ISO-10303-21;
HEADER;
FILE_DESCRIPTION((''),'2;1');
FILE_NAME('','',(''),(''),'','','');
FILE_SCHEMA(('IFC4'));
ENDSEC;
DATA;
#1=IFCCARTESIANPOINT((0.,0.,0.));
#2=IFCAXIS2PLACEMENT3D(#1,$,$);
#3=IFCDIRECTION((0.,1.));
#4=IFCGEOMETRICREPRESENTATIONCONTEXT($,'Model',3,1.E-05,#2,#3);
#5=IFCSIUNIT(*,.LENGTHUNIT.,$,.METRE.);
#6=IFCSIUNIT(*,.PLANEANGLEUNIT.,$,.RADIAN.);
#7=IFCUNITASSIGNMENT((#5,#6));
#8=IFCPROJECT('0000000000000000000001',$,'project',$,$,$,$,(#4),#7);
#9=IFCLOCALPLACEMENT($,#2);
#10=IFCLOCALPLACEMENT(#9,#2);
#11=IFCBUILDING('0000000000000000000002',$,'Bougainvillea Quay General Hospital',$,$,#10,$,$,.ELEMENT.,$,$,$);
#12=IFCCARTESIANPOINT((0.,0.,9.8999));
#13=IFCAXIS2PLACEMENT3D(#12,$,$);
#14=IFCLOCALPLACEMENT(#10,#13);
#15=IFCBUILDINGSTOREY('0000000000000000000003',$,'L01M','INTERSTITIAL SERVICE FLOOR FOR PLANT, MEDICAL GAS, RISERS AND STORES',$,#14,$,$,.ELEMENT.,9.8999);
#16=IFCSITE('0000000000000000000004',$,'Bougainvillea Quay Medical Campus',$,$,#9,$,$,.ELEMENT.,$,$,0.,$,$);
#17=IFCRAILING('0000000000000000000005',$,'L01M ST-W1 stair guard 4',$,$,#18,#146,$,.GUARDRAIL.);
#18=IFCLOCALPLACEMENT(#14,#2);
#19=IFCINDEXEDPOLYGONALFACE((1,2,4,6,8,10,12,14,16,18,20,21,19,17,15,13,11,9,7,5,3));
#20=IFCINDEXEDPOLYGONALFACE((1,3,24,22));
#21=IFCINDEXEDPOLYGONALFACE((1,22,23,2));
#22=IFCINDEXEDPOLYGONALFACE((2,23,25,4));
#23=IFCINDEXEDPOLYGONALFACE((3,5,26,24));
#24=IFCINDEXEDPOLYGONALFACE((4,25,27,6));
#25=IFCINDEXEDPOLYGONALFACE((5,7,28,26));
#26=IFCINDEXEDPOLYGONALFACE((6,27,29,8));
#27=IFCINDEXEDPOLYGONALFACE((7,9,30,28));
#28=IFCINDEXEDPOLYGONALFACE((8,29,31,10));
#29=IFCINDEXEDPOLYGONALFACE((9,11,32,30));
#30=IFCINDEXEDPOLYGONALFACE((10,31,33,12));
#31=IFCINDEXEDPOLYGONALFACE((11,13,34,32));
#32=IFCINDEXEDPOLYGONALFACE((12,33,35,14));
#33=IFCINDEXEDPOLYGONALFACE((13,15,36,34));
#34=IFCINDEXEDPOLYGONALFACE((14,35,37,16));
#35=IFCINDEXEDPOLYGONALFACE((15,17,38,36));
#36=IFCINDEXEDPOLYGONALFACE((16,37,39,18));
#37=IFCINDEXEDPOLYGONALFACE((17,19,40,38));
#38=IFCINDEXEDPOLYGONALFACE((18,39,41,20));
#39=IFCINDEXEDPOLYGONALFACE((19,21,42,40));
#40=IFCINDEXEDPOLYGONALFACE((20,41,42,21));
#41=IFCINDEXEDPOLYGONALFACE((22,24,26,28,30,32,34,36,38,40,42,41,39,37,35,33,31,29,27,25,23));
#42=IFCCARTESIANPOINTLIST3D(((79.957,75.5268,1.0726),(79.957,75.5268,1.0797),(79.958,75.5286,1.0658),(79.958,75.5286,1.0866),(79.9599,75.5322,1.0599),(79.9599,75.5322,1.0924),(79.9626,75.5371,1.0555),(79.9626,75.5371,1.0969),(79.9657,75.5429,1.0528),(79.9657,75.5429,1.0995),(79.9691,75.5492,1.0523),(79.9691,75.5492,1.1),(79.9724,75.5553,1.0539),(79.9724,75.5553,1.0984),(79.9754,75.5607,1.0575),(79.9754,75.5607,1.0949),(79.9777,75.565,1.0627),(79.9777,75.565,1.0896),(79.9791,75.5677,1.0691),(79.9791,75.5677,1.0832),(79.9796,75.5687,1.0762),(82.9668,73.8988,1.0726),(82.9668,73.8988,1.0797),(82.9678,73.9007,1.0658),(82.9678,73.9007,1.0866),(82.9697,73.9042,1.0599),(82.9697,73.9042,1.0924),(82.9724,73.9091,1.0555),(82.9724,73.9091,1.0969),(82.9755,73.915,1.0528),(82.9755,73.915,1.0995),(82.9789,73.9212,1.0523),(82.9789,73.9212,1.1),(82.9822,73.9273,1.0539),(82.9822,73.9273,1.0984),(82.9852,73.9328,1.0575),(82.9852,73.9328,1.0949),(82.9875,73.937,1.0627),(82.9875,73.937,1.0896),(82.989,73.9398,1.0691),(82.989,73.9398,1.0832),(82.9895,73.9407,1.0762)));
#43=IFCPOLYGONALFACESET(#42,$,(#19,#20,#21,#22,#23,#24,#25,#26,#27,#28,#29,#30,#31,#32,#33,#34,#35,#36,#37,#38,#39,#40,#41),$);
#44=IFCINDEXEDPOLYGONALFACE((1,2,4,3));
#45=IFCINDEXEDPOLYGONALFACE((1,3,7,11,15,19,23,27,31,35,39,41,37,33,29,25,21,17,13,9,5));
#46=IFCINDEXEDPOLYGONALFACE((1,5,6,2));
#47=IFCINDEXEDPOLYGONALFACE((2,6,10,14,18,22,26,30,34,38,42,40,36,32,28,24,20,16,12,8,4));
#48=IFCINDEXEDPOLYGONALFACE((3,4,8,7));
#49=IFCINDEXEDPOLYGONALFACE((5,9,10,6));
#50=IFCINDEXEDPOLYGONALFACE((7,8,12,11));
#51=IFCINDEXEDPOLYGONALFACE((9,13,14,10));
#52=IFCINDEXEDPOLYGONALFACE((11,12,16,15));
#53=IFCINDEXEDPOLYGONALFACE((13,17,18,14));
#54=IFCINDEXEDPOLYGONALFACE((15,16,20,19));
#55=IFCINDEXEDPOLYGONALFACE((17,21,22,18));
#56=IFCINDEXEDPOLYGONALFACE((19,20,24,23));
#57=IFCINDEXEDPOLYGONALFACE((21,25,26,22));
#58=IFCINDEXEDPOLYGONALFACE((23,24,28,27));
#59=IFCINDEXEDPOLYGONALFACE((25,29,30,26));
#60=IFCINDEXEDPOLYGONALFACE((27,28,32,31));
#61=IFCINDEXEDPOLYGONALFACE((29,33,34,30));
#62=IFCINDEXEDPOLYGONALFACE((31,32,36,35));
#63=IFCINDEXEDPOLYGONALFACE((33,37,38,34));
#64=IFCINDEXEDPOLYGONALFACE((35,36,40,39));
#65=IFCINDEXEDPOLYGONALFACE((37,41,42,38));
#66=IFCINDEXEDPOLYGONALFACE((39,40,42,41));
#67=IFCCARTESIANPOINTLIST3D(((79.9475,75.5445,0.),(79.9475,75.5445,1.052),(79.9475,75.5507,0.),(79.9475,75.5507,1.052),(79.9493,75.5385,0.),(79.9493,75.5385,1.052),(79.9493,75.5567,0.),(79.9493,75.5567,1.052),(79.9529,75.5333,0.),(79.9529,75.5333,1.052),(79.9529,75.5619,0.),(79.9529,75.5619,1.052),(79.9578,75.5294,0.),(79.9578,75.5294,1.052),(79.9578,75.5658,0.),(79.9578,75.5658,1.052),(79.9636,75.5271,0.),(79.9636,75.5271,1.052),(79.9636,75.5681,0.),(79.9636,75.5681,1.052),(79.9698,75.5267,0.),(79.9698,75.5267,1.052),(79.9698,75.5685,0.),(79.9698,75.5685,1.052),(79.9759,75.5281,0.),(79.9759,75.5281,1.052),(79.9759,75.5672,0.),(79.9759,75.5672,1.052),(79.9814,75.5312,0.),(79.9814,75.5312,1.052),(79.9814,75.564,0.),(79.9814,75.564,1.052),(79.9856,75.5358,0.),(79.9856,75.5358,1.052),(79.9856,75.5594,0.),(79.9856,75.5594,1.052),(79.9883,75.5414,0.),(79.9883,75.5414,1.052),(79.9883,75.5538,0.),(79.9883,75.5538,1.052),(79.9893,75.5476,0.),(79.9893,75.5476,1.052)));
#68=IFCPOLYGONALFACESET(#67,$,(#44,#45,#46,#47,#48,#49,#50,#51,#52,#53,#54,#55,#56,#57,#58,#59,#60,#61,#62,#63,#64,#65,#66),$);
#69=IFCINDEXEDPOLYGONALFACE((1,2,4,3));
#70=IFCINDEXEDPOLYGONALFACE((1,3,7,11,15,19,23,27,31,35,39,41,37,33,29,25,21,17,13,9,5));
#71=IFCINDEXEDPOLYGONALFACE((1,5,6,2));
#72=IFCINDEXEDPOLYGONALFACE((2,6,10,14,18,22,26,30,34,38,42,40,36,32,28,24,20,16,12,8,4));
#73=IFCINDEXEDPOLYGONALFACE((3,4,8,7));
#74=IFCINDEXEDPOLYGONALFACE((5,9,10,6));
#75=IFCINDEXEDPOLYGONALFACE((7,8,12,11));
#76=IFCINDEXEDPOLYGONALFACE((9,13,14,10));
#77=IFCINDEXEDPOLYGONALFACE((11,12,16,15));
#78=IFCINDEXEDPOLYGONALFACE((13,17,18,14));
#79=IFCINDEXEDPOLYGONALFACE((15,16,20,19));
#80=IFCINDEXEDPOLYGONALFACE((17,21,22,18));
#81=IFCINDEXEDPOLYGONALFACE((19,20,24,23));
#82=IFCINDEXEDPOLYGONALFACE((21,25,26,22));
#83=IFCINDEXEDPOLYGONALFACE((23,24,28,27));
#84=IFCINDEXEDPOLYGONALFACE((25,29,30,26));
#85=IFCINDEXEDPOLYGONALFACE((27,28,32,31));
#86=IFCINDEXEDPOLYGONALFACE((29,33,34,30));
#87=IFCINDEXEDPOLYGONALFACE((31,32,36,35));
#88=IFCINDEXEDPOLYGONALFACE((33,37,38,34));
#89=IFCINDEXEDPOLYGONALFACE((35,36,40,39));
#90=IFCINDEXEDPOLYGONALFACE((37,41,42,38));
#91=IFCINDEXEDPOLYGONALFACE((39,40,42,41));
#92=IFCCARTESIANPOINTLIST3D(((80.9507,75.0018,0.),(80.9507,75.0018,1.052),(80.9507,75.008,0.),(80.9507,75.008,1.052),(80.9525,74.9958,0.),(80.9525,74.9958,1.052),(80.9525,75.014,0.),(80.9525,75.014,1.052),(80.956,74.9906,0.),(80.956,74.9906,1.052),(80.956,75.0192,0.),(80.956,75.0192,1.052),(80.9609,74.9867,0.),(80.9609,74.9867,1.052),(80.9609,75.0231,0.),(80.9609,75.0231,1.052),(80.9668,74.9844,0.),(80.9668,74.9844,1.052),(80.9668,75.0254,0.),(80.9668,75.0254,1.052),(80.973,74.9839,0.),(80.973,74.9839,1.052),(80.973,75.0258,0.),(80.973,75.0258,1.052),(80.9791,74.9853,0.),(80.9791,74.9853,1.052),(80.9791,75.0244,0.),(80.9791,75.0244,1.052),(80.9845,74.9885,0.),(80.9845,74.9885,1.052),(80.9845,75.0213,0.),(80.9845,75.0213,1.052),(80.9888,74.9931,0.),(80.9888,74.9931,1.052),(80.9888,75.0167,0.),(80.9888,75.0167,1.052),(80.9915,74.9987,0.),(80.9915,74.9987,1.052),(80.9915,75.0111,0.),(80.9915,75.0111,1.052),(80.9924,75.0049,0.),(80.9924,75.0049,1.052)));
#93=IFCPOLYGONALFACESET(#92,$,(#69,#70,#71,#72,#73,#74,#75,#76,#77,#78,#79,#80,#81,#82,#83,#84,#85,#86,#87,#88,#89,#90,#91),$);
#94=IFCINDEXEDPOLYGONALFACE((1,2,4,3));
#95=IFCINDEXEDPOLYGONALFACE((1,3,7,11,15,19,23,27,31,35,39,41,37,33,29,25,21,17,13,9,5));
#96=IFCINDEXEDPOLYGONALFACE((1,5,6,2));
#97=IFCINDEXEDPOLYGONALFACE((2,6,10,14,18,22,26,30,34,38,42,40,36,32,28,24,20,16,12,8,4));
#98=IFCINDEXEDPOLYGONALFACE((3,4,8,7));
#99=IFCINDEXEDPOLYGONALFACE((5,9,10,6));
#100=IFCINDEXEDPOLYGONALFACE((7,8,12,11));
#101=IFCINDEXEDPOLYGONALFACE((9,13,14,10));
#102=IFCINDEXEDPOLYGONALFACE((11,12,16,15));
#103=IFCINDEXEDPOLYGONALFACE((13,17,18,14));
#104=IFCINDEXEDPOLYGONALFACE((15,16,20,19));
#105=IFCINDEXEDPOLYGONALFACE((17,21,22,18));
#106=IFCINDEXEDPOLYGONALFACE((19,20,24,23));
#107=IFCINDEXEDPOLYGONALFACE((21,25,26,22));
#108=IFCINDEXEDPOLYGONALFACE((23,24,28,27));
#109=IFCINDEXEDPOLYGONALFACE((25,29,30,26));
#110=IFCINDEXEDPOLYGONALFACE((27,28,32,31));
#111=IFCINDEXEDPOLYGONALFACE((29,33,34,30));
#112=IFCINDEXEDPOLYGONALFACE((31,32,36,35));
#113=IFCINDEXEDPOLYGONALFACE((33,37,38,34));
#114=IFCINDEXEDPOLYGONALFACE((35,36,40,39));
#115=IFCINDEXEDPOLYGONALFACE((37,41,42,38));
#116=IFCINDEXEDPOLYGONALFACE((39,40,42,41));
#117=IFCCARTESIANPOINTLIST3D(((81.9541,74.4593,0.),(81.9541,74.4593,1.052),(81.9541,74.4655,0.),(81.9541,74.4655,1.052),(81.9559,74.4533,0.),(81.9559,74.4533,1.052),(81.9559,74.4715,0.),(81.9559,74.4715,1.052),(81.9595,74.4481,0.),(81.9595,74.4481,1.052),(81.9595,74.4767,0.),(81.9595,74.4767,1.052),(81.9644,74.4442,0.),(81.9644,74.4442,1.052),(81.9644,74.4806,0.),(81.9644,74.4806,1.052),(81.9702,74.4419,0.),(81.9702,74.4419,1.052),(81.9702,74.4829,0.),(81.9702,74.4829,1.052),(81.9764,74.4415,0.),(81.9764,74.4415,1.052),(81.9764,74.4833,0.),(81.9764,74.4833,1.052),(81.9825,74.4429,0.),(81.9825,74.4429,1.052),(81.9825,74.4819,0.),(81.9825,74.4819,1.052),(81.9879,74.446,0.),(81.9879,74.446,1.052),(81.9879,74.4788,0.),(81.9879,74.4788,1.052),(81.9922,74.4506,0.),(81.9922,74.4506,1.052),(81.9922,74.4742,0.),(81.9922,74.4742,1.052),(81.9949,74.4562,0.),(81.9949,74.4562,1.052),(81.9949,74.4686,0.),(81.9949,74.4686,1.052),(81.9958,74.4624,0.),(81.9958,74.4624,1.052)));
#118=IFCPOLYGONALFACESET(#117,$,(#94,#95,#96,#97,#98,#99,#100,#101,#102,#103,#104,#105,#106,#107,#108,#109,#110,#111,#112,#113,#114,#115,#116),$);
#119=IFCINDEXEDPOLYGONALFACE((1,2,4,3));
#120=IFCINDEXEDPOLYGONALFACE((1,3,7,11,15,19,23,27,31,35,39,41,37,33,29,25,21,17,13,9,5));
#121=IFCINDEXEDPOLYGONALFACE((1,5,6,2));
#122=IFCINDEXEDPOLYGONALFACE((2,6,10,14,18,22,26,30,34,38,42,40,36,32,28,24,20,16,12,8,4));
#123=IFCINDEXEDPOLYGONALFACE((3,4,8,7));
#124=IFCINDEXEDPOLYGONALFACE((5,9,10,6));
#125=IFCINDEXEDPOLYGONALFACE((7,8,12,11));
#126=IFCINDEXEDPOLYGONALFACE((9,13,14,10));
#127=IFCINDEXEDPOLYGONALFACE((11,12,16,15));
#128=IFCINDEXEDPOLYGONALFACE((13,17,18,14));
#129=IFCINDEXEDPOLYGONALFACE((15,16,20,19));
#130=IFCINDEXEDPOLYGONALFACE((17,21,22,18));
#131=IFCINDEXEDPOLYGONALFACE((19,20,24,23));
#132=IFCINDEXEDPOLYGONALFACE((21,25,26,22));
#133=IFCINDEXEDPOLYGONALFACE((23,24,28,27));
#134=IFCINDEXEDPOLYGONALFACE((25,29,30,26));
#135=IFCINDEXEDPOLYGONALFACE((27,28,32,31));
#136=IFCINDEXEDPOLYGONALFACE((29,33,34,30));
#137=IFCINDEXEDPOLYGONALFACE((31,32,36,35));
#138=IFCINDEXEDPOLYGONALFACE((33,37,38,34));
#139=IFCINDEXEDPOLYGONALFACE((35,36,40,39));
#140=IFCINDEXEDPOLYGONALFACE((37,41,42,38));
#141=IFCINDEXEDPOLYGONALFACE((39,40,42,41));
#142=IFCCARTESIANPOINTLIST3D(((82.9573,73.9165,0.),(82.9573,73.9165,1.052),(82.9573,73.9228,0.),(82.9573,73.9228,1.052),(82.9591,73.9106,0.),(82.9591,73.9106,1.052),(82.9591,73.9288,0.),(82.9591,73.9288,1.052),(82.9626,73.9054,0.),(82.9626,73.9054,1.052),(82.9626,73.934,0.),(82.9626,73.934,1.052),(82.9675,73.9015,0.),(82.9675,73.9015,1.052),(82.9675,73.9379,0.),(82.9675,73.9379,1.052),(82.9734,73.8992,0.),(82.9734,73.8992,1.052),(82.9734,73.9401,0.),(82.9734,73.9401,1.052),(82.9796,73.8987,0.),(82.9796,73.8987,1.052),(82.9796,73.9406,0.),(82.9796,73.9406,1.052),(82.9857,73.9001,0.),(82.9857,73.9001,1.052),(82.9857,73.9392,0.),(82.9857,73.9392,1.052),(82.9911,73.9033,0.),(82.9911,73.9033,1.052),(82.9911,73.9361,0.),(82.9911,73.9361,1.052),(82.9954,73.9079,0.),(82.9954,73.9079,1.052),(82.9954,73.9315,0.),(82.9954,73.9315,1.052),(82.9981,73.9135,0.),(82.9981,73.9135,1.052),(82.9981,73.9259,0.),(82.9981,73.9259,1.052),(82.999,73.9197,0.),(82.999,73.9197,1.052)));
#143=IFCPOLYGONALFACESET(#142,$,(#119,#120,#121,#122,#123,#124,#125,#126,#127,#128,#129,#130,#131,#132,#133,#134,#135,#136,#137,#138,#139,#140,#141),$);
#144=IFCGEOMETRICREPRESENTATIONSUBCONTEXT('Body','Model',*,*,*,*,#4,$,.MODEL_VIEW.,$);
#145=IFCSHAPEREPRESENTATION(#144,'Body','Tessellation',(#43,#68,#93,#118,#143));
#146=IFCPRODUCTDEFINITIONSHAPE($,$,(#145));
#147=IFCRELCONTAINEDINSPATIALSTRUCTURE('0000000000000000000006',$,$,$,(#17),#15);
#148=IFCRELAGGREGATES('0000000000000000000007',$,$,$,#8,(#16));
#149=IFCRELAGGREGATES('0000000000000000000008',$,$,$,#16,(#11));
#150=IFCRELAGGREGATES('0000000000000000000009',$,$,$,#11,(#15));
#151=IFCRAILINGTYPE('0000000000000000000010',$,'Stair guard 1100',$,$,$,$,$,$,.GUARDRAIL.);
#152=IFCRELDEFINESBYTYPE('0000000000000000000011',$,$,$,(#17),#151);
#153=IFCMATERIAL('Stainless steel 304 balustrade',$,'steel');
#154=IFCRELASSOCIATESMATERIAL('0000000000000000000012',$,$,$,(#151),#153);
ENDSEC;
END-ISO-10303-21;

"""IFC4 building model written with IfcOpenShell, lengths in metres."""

from ifc_helpers import new_model, si_unit, direction, frame, origin, origin_2d, place, context, subcontext, project, spatial, circle, extrude, material, type_object, element, save


model = new_model("IFC4")

# Units and contexts
model_context = context("Model", 3, precision=1e-05, world=origin(), true_north=direction((0.0, 1.0)))
body_context = subcontext(model_context, "Body", "Model", "MODEL_VIEW")
ifc_project = project(units=[si_unit("LENGTHUNIT", "METRE"), si_unit("PLANEANGLEUNIT", "RADIAN")], contexts=[model_context])

# Site, building, storey
site_placement = place(None, origin())
site = spatial("IfcSite", under=ifc_project, at=site_placement, Name="Bougainvillea Quay Medical Campus", CompositionType="ELEMENT", RefElevation=0.0)
building_placement = place(site_placement, origin())
building = spatial("IfcBuilding", under=site, at=building_placement, Name="Bougainvillea Quay General Hospital", CompositionType="ELEMENT")
storey_placement = place(building_placement, frame((0.0, 0.0, 9.8999)))
storey = spatial("IfcBuildingStorey", under=building, at=storey_placement, Name="L01M", Description="INTERSTITIAL SERVICE FLOOR FOR PLANT, MEDICAL GAS, RISERS AND STORES", CompositionType="ELEMENT", Elevation=9.8999)

# Railing
ifc_material_1 = material(Name="Stainless steel 304 balustrade", Category="steel")
railing_type_1 = type_object("IfcRailingType", Name="Stair guard 1100", PredefinedType="GUARDRAIL", material=ifc_material_1)
railing_1_placement = place(storey_placement, frame((79.9683, 75.5476, 0.0)))
element("IfcRailing", 1, at=railing_1_placement, inside=storey, type_object=railing_type_1, Name="L01M ST-W1 stair guard 4", PredefinedType="GUARDRAIL", context=body_context, shape_type="SweptSolid", body=[
    extrude(circle(Radius=0.0239, at=origin_2d()), frame((0.0, 0.0, 1.0762), z_axis=(0.879581, -0.47575, 0.0), x_axis=(0.47575, 0.879581, 0.0)), (0.0, 0.0, 1.0), 3.4219),
    extrude(circle(Radius=0.021, at=origin_2d()), origin(), (0.0, 0.0, 1.0), 1.052),
    extrude(circle(Radius=0.021, at=origin_2d()), frame((1.0032, -0.5427, 0.0)), (0.0, 0.0, 1.0), 1.052),
    extrude(circle(Radius=0.021, at=origin_2d()), frame((2.0066, -1.0852, 0.0)), (0.0, 0.0, 1.0), 1.052),
    extrude(circle(Radius=0.021, at=origin_2d()), frame((3.0098, -1.6279, 0.0)), (0.0, 0.0, 1.0), 1.052),
])

save(model, "model.ifc")
